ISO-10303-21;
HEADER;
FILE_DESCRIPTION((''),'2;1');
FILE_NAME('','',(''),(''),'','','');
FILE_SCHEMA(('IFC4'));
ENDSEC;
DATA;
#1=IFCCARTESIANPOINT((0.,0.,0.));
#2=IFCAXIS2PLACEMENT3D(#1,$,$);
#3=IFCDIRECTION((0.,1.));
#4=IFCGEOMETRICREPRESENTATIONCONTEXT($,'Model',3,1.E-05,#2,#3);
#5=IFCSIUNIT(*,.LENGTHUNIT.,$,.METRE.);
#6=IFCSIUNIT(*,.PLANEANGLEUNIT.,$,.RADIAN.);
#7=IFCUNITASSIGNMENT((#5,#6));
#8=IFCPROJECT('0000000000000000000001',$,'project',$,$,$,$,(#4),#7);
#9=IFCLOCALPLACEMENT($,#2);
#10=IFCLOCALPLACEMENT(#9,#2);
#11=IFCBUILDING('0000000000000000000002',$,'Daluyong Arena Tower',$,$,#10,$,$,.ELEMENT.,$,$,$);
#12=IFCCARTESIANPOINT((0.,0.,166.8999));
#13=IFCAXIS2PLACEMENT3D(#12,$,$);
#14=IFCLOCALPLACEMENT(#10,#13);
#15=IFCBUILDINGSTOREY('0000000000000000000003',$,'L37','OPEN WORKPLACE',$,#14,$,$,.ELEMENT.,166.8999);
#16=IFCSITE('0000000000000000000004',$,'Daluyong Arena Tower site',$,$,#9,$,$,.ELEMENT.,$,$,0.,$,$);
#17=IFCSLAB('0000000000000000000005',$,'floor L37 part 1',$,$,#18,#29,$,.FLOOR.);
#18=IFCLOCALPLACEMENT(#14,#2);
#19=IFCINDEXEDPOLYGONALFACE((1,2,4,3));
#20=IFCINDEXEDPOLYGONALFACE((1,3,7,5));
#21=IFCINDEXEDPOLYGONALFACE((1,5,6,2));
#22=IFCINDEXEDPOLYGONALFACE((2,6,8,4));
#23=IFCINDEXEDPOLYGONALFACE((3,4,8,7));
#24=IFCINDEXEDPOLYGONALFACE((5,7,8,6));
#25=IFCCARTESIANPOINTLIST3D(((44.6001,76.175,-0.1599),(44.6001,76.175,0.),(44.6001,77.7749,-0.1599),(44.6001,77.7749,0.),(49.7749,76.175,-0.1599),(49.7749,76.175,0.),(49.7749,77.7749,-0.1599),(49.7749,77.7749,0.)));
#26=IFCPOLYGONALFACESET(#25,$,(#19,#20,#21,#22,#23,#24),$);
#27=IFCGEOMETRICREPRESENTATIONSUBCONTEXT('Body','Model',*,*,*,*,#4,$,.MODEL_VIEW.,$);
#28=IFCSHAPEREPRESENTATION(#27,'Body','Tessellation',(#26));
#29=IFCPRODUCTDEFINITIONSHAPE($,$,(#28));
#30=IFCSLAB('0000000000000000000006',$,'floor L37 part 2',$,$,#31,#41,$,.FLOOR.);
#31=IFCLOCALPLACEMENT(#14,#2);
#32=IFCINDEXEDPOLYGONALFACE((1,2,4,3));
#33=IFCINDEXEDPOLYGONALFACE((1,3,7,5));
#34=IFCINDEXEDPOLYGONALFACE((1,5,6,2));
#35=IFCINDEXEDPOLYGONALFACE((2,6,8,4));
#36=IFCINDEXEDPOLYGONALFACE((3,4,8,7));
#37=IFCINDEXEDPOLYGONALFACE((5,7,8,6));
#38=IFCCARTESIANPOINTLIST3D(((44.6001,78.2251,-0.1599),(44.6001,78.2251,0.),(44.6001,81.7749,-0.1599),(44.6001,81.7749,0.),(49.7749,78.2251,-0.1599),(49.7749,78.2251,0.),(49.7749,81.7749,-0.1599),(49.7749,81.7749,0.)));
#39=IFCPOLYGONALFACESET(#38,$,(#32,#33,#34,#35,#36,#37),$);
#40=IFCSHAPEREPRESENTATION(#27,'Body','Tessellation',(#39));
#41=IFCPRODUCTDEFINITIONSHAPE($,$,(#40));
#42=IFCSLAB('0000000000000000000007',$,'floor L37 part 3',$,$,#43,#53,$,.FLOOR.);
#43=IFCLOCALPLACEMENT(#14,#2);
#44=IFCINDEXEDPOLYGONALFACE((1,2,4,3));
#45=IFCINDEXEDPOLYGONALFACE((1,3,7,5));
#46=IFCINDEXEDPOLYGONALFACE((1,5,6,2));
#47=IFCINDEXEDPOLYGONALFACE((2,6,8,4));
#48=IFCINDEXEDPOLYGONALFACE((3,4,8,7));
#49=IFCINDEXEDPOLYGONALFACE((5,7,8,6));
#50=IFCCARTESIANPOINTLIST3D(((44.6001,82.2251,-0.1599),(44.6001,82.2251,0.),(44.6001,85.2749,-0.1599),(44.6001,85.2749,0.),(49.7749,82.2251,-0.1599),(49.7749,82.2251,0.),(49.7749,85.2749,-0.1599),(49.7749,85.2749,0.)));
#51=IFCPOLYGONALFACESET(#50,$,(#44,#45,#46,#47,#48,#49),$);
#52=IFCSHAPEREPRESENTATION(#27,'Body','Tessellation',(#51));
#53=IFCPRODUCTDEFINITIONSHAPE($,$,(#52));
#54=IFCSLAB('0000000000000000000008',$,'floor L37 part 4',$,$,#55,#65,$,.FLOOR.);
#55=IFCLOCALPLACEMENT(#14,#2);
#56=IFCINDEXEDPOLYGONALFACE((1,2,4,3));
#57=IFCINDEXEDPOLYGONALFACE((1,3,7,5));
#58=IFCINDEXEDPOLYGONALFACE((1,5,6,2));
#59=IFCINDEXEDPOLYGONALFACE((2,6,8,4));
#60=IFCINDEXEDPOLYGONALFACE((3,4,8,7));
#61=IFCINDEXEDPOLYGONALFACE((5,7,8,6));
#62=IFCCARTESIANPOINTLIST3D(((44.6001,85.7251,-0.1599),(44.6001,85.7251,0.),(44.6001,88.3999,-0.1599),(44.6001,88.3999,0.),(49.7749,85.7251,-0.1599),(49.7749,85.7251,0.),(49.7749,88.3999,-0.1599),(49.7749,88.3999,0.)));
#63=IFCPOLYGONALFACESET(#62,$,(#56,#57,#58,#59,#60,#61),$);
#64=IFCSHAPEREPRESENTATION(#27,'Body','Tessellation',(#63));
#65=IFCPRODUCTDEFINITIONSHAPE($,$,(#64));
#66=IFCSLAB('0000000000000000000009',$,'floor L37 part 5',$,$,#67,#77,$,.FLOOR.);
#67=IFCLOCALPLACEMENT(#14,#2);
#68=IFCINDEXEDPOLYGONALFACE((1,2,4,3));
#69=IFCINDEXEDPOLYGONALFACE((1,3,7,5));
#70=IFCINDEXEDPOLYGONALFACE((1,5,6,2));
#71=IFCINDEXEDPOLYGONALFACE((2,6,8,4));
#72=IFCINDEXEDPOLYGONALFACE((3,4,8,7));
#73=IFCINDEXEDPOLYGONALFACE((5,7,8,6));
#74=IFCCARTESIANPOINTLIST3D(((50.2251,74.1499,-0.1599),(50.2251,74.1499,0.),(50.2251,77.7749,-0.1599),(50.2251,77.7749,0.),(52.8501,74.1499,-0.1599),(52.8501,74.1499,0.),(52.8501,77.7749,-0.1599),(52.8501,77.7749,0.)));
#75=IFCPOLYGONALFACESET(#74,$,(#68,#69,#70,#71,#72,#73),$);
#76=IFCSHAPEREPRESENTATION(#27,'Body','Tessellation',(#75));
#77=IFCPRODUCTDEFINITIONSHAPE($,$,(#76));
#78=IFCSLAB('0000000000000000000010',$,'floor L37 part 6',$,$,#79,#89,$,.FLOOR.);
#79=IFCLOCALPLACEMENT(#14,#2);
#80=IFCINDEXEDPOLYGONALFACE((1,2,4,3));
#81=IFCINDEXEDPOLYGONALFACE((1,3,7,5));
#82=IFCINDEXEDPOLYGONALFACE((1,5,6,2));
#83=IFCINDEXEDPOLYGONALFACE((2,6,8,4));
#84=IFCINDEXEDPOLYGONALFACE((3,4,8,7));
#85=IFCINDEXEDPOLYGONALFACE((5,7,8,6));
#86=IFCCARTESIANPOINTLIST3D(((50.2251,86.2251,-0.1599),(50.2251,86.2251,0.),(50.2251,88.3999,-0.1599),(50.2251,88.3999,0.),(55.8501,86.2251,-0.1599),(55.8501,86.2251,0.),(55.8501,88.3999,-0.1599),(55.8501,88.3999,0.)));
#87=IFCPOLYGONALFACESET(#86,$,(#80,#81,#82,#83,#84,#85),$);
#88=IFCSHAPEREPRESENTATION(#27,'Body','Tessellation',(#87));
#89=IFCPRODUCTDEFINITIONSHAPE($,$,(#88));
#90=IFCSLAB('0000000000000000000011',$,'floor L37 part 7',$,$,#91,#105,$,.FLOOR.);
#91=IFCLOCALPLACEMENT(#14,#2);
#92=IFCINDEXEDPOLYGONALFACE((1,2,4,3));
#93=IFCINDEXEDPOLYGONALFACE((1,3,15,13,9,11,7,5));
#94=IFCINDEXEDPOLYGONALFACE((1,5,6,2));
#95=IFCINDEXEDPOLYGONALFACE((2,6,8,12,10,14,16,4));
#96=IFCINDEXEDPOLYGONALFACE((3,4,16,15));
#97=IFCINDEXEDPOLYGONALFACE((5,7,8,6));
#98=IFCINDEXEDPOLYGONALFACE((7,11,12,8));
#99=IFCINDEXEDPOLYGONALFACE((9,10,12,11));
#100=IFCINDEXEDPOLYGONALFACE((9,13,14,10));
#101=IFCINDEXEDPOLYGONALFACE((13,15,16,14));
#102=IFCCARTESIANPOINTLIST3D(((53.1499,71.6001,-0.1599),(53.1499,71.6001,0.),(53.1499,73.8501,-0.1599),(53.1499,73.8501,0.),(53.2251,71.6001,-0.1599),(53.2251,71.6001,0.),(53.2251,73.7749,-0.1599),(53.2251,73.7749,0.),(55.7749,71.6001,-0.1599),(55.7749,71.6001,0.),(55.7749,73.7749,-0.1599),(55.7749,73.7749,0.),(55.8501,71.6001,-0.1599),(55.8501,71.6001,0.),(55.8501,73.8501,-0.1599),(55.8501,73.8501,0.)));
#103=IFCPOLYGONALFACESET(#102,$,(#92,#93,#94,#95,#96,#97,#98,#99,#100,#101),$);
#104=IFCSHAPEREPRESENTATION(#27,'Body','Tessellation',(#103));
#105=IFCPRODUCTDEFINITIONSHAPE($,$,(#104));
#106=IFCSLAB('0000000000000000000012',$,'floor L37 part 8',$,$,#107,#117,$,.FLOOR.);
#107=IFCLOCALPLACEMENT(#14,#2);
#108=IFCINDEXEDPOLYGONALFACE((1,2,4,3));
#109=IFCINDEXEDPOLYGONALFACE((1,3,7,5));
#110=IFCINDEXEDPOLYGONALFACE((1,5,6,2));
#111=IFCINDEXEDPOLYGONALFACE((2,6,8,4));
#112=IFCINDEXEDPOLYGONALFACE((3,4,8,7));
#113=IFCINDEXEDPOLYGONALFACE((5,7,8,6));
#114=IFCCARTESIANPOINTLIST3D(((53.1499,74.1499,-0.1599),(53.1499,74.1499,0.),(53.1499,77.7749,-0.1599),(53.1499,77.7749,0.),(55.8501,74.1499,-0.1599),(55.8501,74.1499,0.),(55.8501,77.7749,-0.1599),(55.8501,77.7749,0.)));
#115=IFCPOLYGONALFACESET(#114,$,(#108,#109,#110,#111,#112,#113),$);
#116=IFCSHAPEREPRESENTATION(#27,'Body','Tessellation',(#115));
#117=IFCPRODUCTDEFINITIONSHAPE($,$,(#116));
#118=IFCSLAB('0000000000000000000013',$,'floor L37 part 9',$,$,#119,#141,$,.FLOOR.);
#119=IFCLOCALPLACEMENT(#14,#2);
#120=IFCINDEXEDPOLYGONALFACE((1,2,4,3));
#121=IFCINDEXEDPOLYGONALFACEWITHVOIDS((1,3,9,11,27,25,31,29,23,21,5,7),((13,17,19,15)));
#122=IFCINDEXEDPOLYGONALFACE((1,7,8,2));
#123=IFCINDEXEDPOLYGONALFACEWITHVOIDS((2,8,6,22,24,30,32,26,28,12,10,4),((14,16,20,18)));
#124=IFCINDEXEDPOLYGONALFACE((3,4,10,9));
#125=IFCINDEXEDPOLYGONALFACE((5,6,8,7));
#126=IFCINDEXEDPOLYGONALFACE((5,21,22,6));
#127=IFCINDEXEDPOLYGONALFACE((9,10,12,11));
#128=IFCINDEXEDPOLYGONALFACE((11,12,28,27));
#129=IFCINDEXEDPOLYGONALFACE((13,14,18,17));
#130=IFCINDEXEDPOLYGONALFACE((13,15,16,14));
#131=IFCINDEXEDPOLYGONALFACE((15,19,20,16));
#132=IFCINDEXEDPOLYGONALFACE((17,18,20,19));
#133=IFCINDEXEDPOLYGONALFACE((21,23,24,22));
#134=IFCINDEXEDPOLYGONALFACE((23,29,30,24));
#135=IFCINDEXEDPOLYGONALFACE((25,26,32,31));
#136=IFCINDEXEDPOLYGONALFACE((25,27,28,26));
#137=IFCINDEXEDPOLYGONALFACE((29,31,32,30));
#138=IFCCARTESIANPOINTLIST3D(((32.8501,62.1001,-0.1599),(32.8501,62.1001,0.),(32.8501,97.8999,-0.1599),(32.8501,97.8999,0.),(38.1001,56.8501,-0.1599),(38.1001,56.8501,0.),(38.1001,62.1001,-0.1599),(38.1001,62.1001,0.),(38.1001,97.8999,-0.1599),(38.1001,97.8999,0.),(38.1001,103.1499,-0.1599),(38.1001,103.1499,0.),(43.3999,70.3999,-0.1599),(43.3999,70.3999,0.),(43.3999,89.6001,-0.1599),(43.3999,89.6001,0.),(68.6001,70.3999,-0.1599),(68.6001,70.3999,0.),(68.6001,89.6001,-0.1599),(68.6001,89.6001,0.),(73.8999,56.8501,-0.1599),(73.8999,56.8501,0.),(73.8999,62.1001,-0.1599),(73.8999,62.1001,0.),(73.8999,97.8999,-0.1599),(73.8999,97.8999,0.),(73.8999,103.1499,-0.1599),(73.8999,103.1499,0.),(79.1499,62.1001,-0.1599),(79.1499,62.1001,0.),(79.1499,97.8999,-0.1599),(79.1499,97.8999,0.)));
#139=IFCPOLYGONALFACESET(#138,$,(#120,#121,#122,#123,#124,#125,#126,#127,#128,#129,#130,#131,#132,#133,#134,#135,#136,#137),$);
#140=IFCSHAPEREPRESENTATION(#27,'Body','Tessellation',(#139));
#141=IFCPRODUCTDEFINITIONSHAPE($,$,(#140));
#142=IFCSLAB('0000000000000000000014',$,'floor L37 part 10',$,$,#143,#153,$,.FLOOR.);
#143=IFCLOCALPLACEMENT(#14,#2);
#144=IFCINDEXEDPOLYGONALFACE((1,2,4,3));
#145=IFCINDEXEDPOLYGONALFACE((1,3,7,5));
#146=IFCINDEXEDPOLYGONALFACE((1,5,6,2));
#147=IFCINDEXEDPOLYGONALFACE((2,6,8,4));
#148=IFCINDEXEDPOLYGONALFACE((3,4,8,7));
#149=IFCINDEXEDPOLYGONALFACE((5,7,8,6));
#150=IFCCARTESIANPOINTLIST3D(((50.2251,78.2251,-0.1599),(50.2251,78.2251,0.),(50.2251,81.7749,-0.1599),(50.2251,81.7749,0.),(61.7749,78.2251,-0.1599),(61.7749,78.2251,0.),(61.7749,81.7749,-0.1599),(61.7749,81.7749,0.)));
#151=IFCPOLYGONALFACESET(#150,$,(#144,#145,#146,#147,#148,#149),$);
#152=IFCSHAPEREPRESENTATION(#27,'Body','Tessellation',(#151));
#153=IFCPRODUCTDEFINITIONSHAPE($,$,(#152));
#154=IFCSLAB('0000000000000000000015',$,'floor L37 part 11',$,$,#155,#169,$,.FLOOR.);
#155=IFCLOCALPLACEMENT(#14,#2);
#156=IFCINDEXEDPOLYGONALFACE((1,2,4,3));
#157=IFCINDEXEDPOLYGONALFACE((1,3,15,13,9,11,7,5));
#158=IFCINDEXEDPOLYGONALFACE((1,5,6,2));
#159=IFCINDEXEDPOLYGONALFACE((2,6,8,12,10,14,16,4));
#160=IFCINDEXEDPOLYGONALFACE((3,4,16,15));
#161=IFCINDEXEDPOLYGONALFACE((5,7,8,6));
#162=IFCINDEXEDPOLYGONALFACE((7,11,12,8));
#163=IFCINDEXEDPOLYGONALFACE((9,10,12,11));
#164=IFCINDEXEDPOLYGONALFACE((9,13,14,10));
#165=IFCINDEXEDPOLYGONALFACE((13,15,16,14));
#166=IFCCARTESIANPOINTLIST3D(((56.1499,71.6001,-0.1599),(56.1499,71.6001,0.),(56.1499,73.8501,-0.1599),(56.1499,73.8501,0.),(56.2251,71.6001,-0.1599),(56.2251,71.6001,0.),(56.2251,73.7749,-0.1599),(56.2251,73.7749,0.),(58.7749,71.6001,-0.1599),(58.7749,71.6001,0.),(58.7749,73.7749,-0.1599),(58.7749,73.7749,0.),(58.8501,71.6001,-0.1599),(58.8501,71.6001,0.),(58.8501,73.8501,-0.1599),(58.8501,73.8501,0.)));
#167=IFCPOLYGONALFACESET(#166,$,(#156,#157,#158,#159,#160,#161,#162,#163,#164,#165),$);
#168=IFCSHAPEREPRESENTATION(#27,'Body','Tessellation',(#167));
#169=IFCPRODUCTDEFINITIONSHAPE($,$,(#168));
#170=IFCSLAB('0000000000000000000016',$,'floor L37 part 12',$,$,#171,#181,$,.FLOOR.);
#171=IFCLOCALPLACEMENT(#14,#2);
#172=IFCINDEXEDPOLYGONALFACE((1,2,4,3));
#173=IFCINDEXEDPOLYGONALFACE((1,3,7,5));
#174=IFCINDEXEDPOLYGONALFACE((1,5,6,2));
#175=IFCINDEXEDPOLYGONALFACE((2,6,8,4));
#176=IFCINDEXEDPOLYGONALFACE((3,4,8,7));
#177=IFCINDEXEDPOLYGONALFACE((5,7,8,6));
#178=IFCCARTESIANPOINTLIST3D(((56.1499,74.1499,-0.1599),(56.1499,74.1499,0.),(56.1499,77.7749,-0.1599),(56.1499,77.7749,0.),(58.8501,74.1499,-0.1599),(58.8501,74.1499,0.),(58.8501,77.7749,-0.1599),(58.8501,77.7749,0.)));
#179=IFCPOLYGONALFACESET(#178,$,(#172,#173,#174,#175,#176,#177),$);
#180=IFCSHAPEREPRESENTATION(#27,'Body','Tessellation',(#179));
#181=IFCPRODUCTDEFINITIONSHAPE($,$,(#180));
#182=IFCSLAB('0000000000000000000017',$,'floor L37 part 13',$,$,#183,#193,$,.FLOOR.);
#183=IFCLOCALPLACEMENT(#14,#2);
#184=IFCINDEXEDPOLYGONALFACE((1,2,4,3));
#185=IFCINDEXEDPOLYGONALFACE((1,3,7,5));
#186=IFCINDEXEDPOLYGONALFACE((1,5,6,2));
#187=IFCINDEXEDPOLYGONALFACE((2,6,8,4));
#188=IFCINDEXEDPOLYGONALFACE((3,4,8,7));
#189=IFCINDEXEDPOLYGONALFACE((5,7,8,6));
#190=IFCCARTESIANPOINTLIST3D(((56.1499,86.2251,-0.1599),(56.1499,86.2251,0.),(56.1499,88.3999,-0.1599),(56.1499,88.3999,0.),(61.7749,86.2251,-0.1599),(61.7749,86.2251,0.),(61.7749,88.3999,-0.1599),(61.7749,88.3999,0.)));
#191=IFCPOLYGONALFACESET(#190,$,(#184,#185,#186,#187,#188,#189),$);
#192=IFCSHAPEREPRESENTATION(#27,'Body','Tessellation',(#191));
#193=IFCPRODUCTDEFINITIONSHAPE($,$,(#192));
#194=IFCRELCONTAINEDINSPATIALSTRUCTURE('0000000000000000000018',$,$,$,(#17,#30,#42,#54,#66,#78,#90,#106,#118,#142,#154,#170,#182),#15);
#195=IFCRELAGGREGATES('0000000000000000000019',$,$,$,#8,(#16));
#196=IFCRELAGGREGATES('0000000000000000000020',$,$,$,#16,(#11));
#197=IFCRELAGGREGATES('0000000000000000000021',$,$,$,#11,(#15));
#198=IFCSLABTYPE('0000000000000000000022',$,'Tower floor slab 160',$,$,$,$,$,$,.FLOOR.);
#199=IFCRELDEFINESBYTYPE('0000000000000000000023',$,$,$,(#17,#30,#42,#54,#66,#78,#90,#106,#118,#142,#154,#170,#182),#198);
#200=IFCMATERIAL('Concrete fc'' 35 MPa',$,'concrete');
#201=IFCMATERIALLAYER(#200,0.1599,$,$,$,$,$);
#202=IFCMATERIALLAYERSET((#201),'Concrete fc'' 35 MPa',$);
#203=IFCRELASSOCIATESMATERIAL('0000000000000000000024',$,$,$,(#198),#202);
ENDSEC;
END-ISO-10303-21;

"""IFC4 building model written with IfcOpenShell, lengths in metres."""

from ifc_helpers import new_model, si_unit, direction, frame, origin, place, context, subcontext, project, spatial, polyline, outline, extrude, material, layer, layer_set, type_object, element, save


model = new_model("IFC4")

# Units and contexts
model_context = context("Model", 3, precision=1e-05, world=origin(), true_north=direction((0.0, 1.0)))
body_context = subcontext(model_context, "Body", "Model", "MODEL_VIEW")
ifc_project = project(units=[si_unit("LENGTHUNIT", "METRE"), si_unit("PLANEANGLEUNIT", "RADIAN")], contexts=[model_context])

# Site, building, storey
site_placement = place(None, origin())
site = spatial("IfcSite", under=ifc_project, at=site_placement, Name="Daluyong Arena Tower site", CompositionType="ELEMENT", RefElevation=0.0)
building_placement = place(site_placement, origin())
building = spatial("IfcBuilding", under=site, at=building_placement, Name="Daluyong Arena Tower", CompositionType="ELEMENT")
storey_placement = place(building_placement, frame((0.0, 0.0, 166.8999)))
storey = spatial("IfcBuildingStorey", under=building, at=storey_placement, Name="L37", Description="OPEN WORKPLACE", CompositionType="ELEMENT", Elevation=166.8999)

# Slabs
ifc_material_1 = material(Name="Concrete fc' 35 MPa", Category="concrete")
ifc_layer_1 = layer(ifc_material_1, 0.1599)
ifc_layer_set_1 = layer_set([ifc_layer_1], Name="Concrete fc' 35 MPa")
slab_type = type_object("IfcSlabType", Name="Tower floor slab 160", PredefinedType="FLOOR", material=ifc_layer_set_1)
slab_1_placement = place(storey_placement, frame((0.0, 0.0, -0.1599)))
element("IfcSlab", 1, at=slab_1_placement, inside=storey, type_object=slab_type, Name="floor L37 part 1", PredefinedType="FLOOR", context=body_context, shape_type="SweptSolid", body=[
    extrude(outline(polyline([(49.7749, 76.175), (49.7749, 77.7749), (44.6001, 77.7749), (44.6001, 76.175), (49.7749, 76.175)])), origin(), (0.0, 0.0, 1.0), 0.1599),
])
slab_2_placement = place(storey_placement, frame((0.0, 0.0, -0.1599)))
element("IfcSlab", 2, at=slab_2_placement, inside=storey, type_object=slab_type, Name="floor L37 part 2", PredefinedType="FLOOR", context=body_context, shape_type="SweptSolid", body=[
    extrude(outline(polyline([(44.6001, 78.2251), (49.7749, 78.2251), (49.7749, 81.7749), (44.6001, 81.7749), (44.6001, 78.2251)])), origin(), (0.0, 0.0, 1.0), 0.1599),
])
slab_3_placement = place(storey_placement, frame((0.0, 0.0, -0.1599)))
element("IfcSlab", 3, at=slab_3_placement, inside=storey, type_object=slab_type, Name="floor L37 part 3", PredefinedType="FLOOR", context=body_context, shape_type="SweptSolid", body=[
    extrude(outline(polyline([(44.6001, 82.2251), (49.7749, 82.2251), (49.7749, 85.2749), (44.6001, 85.2749), (44.6001, 82.2251)])), origin(), (0.0, 0.0, 1.0), 0.1599),
])
slab_4_placement = place(storey_placement, frame((0.0, 0.0, -0.1599)))
element("IfcSlab", 4, at=slab_4_placement, inside=storey, type_object=slab_type, Name="floor L37 part 4", PredefinedType="FLOOR", context=body_context, shape_type="SweptSolid", body=[
    extrude(outline(polyline([(49.7749, 88.3999), (44.6001, 88.3999), (44.6001, 85.7251), (49.7749, 85.7251), (49.7749, 88.3999)])), origin(), (0.0, 0.0, 1.0), 0.1599),
])
slab_5_placement = place(storey_placement, frame((0.0, 0.0, -0.1599)))
element("IfcSlab", 5, at=slab_5_placement, inside=storey, type_object=slab_type, Name="floor L37 part 5", PredefinedType="FLOOR", context=body_context, shape_type="SweptSolid", body=[
    extrude(outline(polyline([(52.8501, 77.7749), (50.2251, 77.7749), (50.2251, 74.1499), (52.8501, 74.1499), (52.8501, 77.7749)])), origin(), (0.0, 0.0, 1.0), 0.1599),
])
slab_6_placement = place(storey_placement, frame((0.0, 0.0, -0.1599)))
element("IfcSlab", 6, at=slab_6_placement, inside=storey, type_object=slab_type, Name="floor L37 part 6", PredefinedType="FLOOR", context=body_context, shape_type="SweptSolid", body=[
    extrude(outline(polyline([(55.8501, 88.3999), (50.2251, 88.3999), (50.2251, 86.2251), (55.8501, 86.2251), (55.8501, 88.3999)])), origin(), (0.0, 0.0, 1.0), 0.1599),
])
slab_7_placement = place(storey_placement, frame((0.0, 0.0, -0.1599)))
element("IfcSlab", 7, at=slab_7_placement, inside=storey, type_object=slab_type, Name="floor L37 part 7", PredefinedType="FLOOR", context=body_context, shape_type="SweptSolid", body=[
    extrude(outline(polyline([(55.7749, 73.7749), (55.7749, 71.6001), (55.8501, 71.6001), (55.8501, 73.8501), (53.1499, 73.8501), (53.1499, 71.6001), (53.2251, 71.6001), (53.2251, 73.7749), (55.7749, 73.7749)])), origin(), (0.0, 0.0, 1.0), 0.1599),
])
slab_8_placement = place(storey_placement, frame((0.0, 0.0, -0.1599)))
element("IfcSlab", 8, at=slab_8_placement, inside=storey, type_object=slab_type, Name="floor L37 part 8", PredefinedType="FLOOR", context=body_context, shape_type="SweptSolid", body=[
    extrude(outline(polyline([(55.8501, 77.7749), (53.1499, 77.7749), (53.1499, 74.1499), (55.8501, 74.1499), (55.8501, 77.7749)])), origin(), (0.0, 0.0, 1.0), 0.1599),
])
slab_9_placement = place(storey_placement, frame((0.0, 0.0, -0.1599)))
element("IfcSlab", 9, at=slab_9_placement, inside=storey, type_object=slab_type, Name="floor L37 part 9", PredefinedType="FLOOR", context=body_context, shape_type="SweptSolid", body=[
    extrude(outline(polyline([(38.1001, 62.1001), (38.1001, 56.8501), (73.8999, 56.8501), (73.8999, 62.1001), (79.1499, 62.1001), (79.1499, 97.8999), (73.8999, 97.8999), (73.8999, 103.1499), (38.1001, 103.1499), (38.1001, 97.8999), (32.8501, 97.8999), (32.8501, 62.1001), (38.1001, 62.1001)]), holes=[polyline([(68.6001, 89.6001), (68.6001, 70.3999), (43.3999, 70.3999), (43.3999, 89.6001), (68.6001, 89.6001)])]), origin(), (0.0, 0.0, 1.0), 0.1599),
])
slab_10_placement = place(storey_placement, frame((0.0, 0.0, -0.1599)))
element("IfcSlab", 10, at=slab_10_placement, inside=storey, type_object=slab_type, Name="floor L37 part 10", PredefinedType="FLOOR", context=body_context, shape_type="SweptSolid", body=[
    extrude(outline(polyline([(61.7749, 78.2251), (61.7749, 81.7749), (50.2251, 81.7749), (50.2251, 78.2251), (61.7749, 78.2251)])), origin(), (0.0, 0.0, 1.0), 0.1599),
])
slab_11_placement = place(storey_placement, frame((0.0, 0.0, -0.1599)))
element("IfcSlab", 11, at=slab_11_placement, inside=storey, type_object=slab_type, Name="floor L37 part 11", PredefinedType="FLOOR", context=body_context, shape_type="SweptSolid", body=[
    extrude(outline(polyline([(58.8501, 71.6001), (58.8501, 73.8501), (56.1499, 73.8501), (56.1499, 71.6001), (56.2251, 71.6001), (56.2251, 73.7749), (58.7749, 73.7749), (58.7749, 71.6001), (58.8501, 71.6001)])), origin(), (0.0, 0.0, 1.0), 0.1599),
])
slab_12_placement = place(storey_placement, frame((0.0, 0.0, -0.1599)))
element("IfcSlab", 12, at=slab_12_placement, inside=storey, type_object=slab_type, Name="floor L37 part 12", PredefinedType="FLOOR", context=body_context, shape_type="SweptSolid", body=[
    extrude(outline(polyline([(58.8501, 77.7749), (56.1499, 77.7749), (56.1499, 74.1499), (58.8501, 74.1499), (58.8501, 77.7749)])), origin(), (0.0, 0.0, 1.0), 0.1599),
])
slab_13_placement = place(storey_placement, frame((0.0, 0.0, -0.1599)))
element("IfcSlab", 13, at=slab_13_placement, inside=storey, type_object=slab_type, Name="floor L37 part 13", PredefinedType="FLOOR", context=body_context, shape_type="SweptSolid", body=[
    extrude(outline(polyline([(56.1499, 88.3999), (56.1499, 86.2251), (61.7749, 86.2251), (61.7749, 88.3999), (56.1499, 88.3999)])), origin(), (0.0, 0.0, 1.0), 0.1599),
])

save(model, "model.ifc")
